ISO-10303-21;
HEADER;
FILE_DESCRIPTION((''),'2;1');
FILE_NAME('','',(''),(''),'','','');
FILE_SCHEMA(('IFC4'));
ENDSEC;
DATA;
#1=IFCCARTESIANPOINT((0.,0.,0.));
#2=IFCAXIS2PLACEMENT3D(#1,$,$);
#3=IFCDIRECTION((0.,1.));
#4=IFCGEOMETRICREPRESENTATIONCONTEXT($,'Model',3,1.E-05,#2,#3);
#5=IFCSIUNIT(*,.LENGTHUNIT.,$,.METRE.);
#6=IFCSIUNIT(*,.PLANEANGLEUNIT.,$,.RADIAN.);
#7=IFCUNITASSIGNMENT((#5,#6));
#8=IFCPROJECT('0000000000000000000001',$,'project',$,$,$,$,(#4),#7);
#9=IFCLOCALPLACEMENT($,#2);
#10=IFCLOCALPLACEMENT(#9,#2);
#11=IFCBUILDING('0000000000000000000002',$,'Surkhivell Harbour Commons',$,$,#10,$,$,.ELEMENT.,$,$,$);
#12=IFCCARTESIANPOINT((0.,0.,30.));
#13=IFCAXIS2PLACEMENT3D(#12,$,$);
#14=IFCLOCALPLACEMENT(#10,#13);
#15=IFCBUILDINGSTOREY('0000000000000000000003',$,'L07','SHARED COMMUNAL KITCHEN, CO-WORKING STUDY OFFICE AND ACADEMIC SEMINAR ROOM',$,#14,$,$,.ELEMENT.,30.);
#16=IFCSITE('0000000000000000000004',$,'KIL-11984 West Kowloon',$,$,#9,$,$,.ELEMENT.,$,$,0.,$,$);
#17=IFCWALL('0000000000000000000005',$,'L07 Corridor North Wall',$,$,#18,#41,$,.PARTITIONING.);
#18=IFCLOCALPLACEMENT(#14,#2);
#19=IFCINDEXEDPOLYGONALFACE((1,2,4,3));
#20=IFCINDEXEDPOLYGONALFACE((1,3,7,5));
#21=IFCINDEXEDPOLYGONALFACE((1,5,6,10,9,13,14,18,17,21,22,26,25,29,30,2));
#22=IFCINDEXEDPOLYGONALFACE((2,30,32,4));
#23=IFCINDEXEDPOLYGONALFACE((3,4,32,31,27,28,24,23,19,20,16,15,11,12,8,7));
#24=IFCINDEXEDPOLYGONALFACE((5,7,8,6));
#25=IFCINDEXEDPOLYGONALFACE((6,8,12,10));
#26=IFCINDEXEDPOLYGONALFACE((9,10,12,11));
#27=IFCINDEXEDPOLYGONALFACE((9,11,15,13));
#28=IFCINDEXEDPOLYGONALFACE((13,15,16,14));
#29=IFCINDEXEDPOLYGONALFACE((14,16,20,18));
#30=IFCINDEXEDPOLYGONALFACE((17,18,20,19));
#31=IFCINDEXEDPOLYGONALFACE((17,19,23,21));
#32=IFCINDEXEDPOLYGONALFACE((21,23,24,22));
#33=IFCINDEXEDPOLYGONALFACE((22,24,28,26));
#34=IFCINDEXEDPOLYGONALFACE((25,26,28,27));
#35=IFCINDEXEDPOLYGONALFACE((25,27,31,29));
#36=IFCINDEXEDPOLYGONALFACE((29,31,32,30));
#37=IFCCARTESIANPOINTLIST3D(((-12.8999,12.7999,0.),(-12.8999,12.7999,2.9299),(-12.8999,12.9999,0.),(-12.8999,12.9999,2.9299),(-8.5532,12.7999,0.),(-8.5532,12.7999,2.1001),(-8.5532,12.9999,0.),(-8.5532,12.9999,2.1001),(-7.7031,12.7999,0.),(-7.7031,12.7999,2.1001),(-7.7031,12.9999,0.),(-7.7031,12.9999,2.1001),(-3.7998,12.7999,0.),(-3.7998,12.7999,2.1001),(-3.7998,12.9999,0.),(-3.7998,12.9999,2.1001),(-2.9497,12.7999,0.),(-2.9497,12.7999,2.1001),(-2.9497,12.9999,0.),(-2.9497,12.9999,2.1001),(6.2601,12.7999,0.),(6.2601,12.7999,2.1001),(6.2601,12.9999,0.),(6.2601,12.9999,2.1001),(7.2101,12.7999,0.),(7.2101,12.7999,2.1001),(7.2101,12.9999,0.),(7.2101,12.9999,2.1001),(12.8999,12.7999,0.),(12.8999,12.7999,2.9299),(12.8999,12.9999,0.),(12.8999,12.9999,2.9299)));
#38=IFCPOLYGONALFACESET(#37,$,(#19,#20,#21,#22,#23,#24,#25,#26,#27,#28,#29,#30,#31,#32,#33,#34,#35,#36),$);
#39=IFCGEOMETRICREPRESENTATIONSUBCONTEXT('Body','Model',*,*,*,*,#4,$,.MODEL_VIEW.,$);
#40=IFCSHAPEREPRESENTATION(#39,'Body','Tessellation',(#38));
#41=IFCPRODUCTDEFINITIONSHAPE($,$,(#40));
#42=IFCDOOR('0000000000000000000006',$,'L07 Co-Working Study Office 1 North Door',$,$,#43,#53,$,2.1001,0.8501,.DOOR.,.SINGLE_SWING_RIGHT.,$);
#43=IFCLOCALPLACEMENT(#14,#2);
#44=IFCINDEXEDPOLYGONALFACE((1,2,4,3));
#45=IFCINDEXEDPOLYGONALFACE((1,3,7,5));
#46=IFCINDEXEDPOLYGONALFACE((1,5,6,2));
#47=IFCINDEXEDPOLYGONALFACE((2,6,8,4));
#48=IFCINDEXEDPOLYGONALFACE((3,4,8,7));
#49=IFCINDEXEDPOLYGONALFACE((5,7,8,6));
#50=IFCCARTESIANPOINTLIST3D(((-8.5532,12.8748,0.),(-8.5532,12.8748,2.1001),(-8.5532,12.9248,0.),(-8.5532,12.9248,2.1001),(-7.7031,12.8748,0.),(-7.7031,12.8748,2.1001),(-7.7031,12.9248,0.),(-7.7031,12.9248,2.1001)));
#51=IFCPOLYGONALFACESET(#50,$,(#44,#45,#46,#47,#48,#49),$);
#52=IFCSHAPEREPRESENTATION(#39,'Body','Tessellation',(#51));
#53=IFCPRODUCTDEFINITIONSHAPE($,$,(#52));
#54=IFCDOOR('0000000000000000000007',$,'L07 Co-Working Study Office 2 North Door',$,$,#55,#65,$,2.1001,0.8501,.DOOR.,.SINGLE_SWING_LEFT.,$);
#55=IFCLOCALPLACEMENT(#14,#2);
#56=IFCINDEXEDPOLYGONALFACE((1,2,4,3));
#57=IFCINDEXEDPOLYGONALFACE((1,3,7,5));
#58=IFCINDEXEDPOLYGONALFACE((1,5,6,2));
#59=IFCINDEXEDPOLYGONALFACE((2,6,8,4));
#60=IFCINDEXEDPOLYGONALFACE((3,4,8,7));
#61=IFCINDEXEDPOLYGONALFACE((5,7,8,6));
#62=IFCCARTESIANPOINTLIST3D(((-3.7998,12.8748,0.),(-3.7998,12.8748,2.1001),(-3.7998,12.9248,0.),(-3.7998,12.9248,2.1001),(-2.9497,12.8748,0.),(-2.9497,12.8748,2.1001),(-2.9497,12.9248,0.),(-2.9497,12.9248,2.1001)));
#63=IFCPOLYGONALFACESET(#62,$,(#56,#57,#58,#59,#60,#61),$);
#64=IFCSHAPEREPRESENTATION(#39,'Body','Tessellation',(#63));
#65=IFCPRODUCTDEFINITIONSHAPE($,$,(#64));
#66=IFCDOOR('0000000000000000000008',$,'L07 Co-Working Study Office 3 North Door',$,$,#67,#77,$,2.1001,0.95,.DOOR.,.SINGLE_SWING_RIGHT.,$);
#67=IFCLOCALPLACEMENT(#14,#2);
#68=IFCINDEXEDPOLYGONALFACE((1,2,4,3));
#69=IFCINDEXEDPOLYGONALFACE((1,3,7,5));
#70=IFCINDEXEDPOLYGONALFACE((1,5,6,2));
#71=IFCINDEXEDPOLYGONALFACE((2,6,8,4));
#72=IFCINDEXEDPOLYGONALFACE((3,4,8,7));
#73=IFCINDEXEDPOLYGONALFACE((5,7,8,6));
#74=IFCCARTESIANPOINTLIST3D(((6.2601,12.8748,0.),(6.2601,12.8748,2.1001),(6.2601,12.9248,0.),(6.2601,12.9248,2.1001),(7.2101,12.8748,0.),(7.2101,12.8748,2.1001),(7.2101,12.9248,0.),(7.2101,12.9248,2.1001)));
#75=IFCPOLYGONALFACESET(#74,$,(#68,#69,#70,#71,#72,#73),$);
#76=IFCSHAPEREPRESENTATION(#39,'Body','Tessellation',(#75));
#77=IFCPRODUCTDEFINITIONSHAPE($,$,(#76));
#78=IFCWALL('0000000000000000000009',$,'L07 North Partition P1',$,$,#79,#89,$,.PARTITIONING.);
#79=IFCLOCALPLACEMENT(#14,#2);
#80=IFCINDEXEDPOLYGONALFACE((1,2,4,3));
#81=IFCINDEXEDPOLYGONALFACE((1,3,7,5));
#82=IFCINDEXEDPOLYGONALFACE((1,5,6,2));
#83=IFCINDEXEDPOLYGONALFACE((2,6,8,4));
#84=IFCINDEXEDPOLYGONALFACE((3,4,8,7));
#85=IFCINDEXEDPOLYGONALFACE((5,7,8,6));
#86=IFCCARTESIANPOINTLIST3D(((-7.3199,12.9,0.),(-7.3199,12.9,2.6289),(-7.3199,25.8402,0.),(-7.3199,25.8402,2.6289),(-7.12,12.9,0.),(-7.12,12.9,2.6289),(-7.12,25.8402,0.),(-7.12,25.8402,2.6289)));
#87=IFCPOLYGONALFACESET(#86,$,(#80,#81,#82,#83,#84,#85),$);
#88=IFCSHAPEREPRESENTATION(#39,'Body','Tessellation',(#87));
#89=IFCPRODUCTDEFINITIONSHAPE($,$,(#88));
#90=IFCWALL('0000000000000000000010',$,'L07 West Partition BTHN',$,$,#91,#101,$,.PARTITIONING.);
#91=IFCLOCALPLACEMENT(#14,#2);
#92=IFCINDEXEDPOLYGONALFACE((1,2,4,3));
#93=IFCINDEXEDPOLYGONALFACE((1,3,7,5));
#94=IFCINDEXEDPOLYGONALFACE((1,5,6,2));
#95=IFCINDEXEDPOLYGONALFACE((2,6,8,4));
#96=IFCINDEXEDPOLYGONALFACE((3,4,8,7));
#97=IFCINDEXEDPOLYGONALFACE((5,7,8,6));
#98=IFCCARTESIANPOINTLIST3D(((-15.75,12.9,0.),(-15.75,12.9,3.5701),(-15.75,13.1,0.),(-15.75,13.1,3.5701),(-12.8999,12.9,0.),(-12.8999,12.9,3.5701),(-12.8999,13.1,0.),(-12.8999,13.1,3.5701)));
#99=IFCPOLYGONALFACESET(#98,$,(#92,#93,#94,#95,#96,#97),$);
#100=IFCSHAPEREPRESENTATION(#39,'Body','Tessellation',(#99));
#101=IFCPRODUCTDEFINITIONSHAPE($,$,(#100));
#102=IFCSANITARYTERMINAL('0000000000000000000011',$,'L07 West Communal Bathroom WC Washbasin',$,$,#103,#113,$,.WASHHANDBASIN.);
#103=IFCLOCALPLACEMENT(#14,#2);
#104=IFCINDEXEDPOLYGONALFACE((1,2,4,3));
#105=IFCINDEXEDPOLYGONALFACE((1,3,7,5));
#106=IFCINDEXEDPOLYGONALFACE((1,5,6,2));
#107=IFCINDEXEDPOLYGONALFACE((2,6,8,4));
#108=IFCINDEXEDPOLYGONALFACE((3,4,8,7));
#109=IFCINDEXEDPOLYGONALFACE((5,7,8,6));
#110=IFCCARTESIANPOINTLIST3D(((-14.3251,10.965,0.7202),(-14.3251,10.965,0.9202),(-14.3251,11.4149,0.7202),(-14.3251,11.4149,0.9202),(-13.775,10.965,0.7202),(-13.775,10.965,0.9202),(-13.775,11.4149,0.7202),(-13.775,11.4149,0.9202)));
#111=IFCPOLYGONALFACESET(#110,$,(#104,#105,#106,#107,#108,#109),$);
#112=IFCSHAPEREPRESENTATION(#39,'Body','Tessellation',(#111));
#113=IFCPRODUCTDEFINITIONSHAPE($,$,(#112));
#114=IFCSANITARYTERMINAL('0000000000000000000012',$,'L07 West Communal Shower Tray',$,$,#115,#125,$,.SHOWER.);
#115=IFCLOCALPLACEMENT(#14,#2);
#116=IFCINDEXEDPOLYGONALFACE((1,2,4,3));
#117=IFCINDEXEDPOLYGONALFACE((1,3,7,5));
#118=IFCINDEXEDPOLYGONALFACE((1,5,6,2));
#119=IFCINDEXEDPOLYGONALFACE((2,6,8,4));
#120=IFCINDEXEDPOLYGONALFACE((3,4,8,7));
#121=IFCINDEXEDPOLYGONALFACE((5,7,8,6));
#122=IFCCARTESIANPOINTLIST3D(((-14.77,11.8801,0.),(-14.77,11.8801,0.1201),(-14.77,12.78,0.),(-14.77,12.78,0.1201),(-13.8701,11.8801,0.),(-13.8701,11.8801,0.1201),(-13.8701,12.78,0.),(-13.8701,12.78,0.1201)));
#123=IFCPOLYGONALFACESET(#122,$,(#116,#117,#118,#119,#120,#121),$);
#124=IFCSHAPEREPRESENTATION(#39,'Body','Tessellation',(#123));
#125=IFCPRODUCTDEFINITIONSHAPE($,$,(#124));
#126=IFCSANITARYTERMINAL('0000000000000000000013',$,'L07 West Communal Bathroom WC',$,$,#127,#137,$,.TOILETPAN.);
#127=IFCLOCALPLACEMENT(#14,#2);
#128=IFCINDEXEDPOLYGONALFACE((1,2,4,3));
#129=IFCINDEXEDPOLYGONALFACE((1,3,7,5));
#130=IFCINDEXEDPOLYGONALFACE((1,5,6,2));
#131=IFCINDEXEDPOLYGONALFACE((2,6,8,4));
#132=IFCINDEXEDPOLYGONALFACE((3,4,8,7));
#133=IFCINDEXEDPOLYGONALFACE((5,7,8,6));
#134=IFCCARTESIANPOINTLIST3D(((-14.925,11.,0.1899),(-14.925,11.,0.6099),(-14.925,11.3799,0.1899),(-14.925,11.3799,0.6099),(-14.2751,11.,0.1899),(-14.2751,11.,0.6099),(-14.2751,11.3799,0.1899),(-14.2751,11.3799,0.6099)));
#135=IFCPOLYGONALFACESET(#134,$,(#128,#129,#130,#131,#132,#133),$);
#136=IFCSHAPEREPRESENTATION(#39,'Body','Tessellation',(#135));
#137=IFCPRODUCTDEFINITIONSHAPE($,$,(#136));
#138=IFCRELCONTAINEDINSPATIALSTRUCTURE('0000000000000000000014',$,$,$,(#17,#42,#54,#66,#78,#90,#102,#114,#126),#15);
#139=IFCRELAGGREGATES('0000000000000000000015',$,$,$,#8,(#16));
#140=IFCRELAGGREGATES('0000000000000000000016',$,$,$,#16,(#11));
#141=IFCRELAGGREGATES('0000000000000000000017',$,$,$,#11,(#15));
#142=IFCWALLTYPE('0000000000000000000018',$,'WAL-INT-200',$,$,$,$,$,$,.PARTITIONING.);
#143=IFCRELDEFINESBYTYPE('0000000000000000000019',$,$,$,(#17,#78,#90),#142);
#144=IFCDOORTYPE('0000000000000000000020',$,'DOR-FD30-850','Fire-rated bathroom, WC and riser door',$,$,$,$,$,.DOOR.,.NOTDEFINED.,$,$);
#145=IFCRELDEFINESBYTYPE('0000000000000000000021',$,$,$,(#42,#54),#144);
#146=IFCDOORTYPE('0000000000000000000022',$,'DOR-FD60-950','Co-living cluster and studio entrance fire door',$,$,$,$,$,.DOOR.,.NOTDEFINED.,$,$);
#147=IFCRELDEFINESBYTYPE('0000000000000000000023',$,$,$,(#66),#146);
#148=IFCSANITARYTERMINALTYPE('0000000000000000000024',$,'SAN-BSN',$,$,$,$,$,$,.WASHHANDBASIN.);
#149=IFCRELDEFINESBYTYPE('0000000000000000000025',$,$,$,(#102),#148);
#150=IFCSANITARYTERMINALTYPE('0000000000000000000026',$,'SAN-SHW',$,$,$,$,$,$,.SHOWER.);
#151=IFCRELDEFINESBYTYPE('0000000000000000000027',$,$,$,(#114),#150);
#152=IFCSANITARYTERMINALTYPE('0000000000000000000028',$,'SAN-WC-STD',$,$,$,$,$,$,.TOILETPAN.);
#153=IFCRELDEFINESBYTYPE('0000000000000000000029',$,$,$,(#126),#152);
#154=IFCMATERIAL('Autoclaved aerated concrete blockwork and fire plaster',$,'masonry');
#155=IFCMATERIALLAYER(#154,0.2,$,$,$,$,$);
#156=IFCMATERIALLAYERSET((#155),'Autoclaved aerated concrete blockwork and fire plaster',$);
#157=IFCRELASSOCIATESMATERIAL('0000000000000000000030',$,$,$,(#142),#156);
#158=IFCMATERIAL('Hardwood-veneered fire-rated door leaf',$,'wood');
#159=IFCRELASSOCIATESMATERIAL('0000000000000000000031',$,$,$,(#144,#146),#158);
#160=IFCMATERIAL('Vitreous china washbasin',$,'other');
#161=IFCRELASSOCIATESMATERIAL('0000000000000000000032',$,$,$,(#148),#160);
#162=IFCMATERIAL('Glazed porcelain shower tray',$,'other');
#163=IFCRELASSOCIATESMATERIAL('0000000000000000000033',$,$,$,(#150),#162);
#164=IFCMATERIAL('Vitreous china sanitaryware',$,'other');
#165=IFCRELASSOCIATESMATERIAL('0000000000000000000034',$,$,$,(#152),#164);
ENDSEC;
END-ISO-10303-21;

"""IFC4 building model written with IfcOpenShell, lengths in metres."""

from ifc_helpers import new_model, si_unit, direction, frame, frame_2d, origin, origin_2d, place, context, subcontext, project, spatial, rectangle, extrude, material, layer, layer_set, type_object, element, fill, save


model = new_model("IFC4")

# Units and contexts
model_context = context("Model", 3, precision=1e-05, world=origin(), true_north=direction((0.0, 1.0)))
body_context = subcontext(model_context, "Body", "Model", "MODEL_VIEW")
ifc_project = project(units=[si_unit("LENGTHUNIT", "METRE"), si_unit("PLANEANGLEUNIT", "RADIAN")], contexts=[model_context])

# Site, building, storey
site_placement = place(None, origin())
site = spatial("IfcSite", under=ifc_project, at=site_placement, Name="KIL-11984 West Kowloon", CompositionType="ELEMENT", RefElevation=0.0)
building_placement = place(site_placement, origin())
building = spatial("IfcBuilding", under=site, at=building_placement, Name="Surkhivell Harbour Commons", CompositionType="ELEMENT")
storey_placement = place(building_placement, frame((0.0, 0.0, 30.0)))
storey = spatial("IfcBuildingStorey", under=building, at=storey_placement, Name="L07", Description="SHARED COMMUNAL KITCHEN, CO-WORKING STUDY OFFICE AND ACADEMIC SEMINAR ROOM", CompositionType="ELEMENT", Elevation=30.0)

# Shared definitions
ifc_material_1 = material(Name="Hardwood-veneered fire-rated door leaf", Category="wood")

# Shared definitions
ifc_material_2 = material(Name="Autoclaved aerated concrete blockwork and fire plaster", Category="masonry")
ifc_layer_1 = layer(ifc_material_2, 0.2)
ifc_layer_set_1 = layer_set([ifc_layer_1], Name="Autoclaved aerated concrete blockwork and fire plaster")
wall_type_1 = type_object("IfcWallType", Name="WAL-INT-200", PredefinedType="PARTITIONING", material=ifc_layer_set_1)

# Wall, openings, doors
wall_1_placement = place(storey_placement, frame((-12.8999, 12.8999, 0.0), z_axis=(0.0, 0.0, 1.0), x_axis=(1.0, 0.0, 0.0)))
wall_1 = element("IfcWall", 1, at=wall_1_placement, inside=storey, type_object=wall_type_1, Name="L07 Corridor North Wall", PredefinedType="PARTITIONING", context=body_context, shape_type="SweptSolid", body=[
    extrude(rectangle(XDim=25.7998, YDim=0.2, at=frame_2d((12.8999, 0.0))), origin(), (0.0, 0.0, 1.0), 2.9299),
])
opening_1_placement = place(wall_1_placement, frame((4.3467, 0.0, 0.0)))
opening_1 = element("IfcOpeningElement", 2, at=opening_1_placement, cuts=wall_1, PredefinedType="OPENING", context=body_context, shape_type="SweptSolid", body=[
    extrude(rectangle(XDim=0.8501, YDim=2.1001, at=frame_2d((0.425, 1.05))), frame((0.0, 0.1099, 0.0), z_axis=(0.0, -1.0, 0.0), x_axis=(1.0, 0.0, 0.0)), (0.0, 0.0, 1.0), 0.22),
])
opening_2_placement = place(wall_1_placement, frame((9.1001, 0.0, 0.0)))
opening_2 = element("IfcOpeningElement", 3, at=opening_2_placement, cuts=wall_1, PredefinedType="OPENING", context=body_context, shape_type="SweptSolid", body=[
    extrude(rectangle(XDim=0.8501, YDim=2.1001, at=frame_2d((0.425, 1.05))), frame((0.0, 0.1099, 0.0), z_axis=(0.0, -1.0, 0.0), x_axis=(1.0, 0.0, 0.0)), (0.0, 0.0, 1.0), 0.22),
])
opening_3_placement = place(wall_1_placement, frame((19.1599, 0.0, 0.0)))
opening_3 = element("IfcOpeningElement", 4, at=opening_3_placement, cuts=wall_1, PredefinedType="OPENING", context=body_context, shape_type="SweptSolid", body=[
    extrude(rectangle(XDim=0.95, YDim=2.1001, at=frame_2d((0.4751, 1.05))), frame((0.0, 0.1099, 0.0), z_axis=(0.0, -1.0, 0.0), x_axis=(1.0, 0.0, 0.0)), (0.0, 0.0, 1.0), 0.22),
])
door_type_1 = type_object("IfcDoorType", Name="DOR-FD30-850", Description="Fire-rated bathroom, WC and riser door", OperationType="NOTDEFINED", PredefinedType="DOOR", material=ifc_material_1)
door_1_placement = place(opening_1_placement, origin())
door_1 = element("IfcDoor", 5, at=door_1_placement, inside=storey, type_object=door_type_1, Name="L07 Co-Working Study Office 1 North Door", OperationType="SINGLE_SWING_RIGHT", OverallHeight=2.1001, OverallWidth=0.8501, PredefinedType="DOOR", context=body_context, shape_type="SweptSolid", body=[
    extrude(rectangle(XDim=0.8501, YDim=2.1001, at=frame_2d((0.425, 1.05))), frame((0.0, 0.0249, 0.0), z_axis=(0.0, -1.0, 0.0), x_axis=(1.0, 0.0, 0.0)), (0.0, 0.0, 1.0), 0.05),
])
fill(opening_1, door_1)
door_2_placement = place(opening_2_placement, origin())
door_2 = element("IfcDoor", 6, at=door_2_placement, inside=storey, type_object=door_type_1, Name="L07 Co-Working Study Office 2 North Door", OperationType="SINGLE_SWING_LEFT", OverallHeight=2.1001, OverallWidth=0.8501, PredefinedType="DOOR", context=body_context, shape_type="SweptSolid", body=[
    extrude(rectangle(XDim=0.8501, YDim=2.1001, at=frame_2d((0.425, 1.05))), frame((0.0, 0.0249, 0.0), z_axis=(0.0, -1.0, 0.0), x_axis=(1.0, 0.0, 0.0)), (0.0, 0.0, 1.0), 0.05),
])
fill(opening_2, door_2)
door_type_2 = type_object("IfcDoorType", Name="DOR-FD60-950", Description="Co-living cluster and studio entrance fire door", OperationType="NOTDEFINED", PredefinedType="DOOR", material=ifc_material_1)
door_3_placement = place(opening_3_placement, origin())
door_3 = element("IfcDoor", 7, at=door_3_placement, inside=storey, type_object=door_type_2, Name="L07 Co-Working Study Office 3 North Door", OperationType="SINGLE_SWING_RIGHT", OverallHeight=2.1001, OverallWidth=0.95, PredefinedType="DOOR", context=body_context, shape_type="SweptSolid", body=[
    extrude(rectangle(XDim=0.95, YDim=2.1001, at=frame_2d((0.4751, 1.05))), frame((0.0, 0.0249, 0.0), z_axis=(0.0, -1.0, 0.0), x_axis=(1.0, 0.0, 0.0)), (0.0, 0.0, 1.0), 0.05),
])
fill(opening_3, door_3)

# Walls
wall_2_placement = place(storey_placement, frame((-7.22, 12.8999, 0.0), z_axis=(0.0, 0.0, 1.0), x_axis=(0.0, 1.0, 0.0)))
element("IfcWall", 8, at=wall_2_placement, inside=storey, type_object=wall_type_1, Name="L07 North Partition P1", PredefinedType="PARTITIONING", context=body_context, shape_type="SweptSolid", body=[
    extrude(rectangle(XDim=12.9402, YDim=0.2, at=frame_2d((6.4702, 0.0))), origin(), (0.0, 0.0, 1.0), 2.6289),
])
wall_3_placement = place(storey_placement, frame((-15.75, 13.0, 0.0), z_axis=(0.0, 0.0, 1.0), x_axis=(1.0, 0.0, 0.0)))
element("IfcWall", 9, at=wall_3_placement, inside=storey, type_object=wall_type_1, Name="L07 West Partition BTHN", PredefinedType="PARTITIONING", context=body_context, shape_type="SweptSolid", body=[
    extrude(rectangle(XDim=2.8501, YDim=0.2, at=frame_2d((1.425, 0.0))), origin(), (0.0, 0.0, 1.0), 3.5701),
])

# Sanitary terminals
ifc_material_3 = material(Name="Vitreous china washbasin", Category="other")
sanitary_terminal_type_1 = type_object("IfcSanitaryTerminalType", Name="SAN-BSN", PredefinedType="WASHHANDBASIN", material=ifc_material_3)
sanitary_terminal_1_placement = place(storey_placement, frame((-14.05, 11.1899, 0.7202), z_axis=(0.0, 0.0, 1.0), x_axis=(1.0, 0.0, 0.0)))
element("IfcSanitaryTerminal", 10, at=sanitary_terminal_1_placement, inside=storey, type_object=sanitary_terminal_type_1, Name="L07 West Communal Bathroom WC Washbasin", PredefinedType="WASHHANDBASIN", context=body_context, shape_type="SweptSolid", body=[
    extrude(rectangle(XDim=0.55, YDim=0.45, at=origin_2d()), origin(), (0.0, 0.0, 1.0), 0.2),
])
ifc_material_4 = material(Name="Glazed porcelain shower tray", Category="other")
sanitary_terminal_type_2 = type_object("IfcSanitaryTerminalType", Name="SAN-SHW", PredefinedType="SHOWER", material=ifc_material_4)
sanitary_terminal_2_placement = place(storey_placement, frame((-14.3201, 12.3301, 0.0), z_axis=(0.0, 0.0, 1.0), x_axis=(1.0, 0.0, 0.0)))
element("IfcSanitaryTerminal", 11, at=sanitary_terminal_2_placement, inside=storey, type_object=sanitary_terminal_type_2, Name="L07 West Communal Shower Tray", PredefinedType="SHOWER", context=body_context, shape_type="SweptSolid", body=[
    extrude(rectangle(XDim=0.8999, YDim=0.8999, at=origin_2d()), origin(), (0.0, 0.0, 1.0), 0.1201),
])
ifc_material_5 = material(Name="Vitreous china sanitaryware", Category="other")
sanitary_terminal_type_3 = type_object("IfcSanitaryTerminalType", Name="SAN-WC-STD", PredefinedType="TOILETPAN", material=ifc_material_5)
sanitary_terminal_3_placement = place(storey_placement, frame((-14.6001, 11.1899, 0.1899), z_axis=(0.0, 0.0, 1.0), x_axis=(1.0, 0.0, 0.0)))
element("IfcSanitaryTerminal", 12, at=sanitary_terminal_3_placement, inside=storey, type_object=sanitary_terminal_type_3, Name="L07 West Communal Bathroom WC", PredefinedType="TOILETPAN", context=body_context, shape_type="SweptSolid", body=[
    extrude(rectangle(XDim=0.6499, YDim=0.3799, at=origin_2d()), origin(), (0.0, 0.0, 1.0), 0.4199),
])

save(model, "model.ifc")
